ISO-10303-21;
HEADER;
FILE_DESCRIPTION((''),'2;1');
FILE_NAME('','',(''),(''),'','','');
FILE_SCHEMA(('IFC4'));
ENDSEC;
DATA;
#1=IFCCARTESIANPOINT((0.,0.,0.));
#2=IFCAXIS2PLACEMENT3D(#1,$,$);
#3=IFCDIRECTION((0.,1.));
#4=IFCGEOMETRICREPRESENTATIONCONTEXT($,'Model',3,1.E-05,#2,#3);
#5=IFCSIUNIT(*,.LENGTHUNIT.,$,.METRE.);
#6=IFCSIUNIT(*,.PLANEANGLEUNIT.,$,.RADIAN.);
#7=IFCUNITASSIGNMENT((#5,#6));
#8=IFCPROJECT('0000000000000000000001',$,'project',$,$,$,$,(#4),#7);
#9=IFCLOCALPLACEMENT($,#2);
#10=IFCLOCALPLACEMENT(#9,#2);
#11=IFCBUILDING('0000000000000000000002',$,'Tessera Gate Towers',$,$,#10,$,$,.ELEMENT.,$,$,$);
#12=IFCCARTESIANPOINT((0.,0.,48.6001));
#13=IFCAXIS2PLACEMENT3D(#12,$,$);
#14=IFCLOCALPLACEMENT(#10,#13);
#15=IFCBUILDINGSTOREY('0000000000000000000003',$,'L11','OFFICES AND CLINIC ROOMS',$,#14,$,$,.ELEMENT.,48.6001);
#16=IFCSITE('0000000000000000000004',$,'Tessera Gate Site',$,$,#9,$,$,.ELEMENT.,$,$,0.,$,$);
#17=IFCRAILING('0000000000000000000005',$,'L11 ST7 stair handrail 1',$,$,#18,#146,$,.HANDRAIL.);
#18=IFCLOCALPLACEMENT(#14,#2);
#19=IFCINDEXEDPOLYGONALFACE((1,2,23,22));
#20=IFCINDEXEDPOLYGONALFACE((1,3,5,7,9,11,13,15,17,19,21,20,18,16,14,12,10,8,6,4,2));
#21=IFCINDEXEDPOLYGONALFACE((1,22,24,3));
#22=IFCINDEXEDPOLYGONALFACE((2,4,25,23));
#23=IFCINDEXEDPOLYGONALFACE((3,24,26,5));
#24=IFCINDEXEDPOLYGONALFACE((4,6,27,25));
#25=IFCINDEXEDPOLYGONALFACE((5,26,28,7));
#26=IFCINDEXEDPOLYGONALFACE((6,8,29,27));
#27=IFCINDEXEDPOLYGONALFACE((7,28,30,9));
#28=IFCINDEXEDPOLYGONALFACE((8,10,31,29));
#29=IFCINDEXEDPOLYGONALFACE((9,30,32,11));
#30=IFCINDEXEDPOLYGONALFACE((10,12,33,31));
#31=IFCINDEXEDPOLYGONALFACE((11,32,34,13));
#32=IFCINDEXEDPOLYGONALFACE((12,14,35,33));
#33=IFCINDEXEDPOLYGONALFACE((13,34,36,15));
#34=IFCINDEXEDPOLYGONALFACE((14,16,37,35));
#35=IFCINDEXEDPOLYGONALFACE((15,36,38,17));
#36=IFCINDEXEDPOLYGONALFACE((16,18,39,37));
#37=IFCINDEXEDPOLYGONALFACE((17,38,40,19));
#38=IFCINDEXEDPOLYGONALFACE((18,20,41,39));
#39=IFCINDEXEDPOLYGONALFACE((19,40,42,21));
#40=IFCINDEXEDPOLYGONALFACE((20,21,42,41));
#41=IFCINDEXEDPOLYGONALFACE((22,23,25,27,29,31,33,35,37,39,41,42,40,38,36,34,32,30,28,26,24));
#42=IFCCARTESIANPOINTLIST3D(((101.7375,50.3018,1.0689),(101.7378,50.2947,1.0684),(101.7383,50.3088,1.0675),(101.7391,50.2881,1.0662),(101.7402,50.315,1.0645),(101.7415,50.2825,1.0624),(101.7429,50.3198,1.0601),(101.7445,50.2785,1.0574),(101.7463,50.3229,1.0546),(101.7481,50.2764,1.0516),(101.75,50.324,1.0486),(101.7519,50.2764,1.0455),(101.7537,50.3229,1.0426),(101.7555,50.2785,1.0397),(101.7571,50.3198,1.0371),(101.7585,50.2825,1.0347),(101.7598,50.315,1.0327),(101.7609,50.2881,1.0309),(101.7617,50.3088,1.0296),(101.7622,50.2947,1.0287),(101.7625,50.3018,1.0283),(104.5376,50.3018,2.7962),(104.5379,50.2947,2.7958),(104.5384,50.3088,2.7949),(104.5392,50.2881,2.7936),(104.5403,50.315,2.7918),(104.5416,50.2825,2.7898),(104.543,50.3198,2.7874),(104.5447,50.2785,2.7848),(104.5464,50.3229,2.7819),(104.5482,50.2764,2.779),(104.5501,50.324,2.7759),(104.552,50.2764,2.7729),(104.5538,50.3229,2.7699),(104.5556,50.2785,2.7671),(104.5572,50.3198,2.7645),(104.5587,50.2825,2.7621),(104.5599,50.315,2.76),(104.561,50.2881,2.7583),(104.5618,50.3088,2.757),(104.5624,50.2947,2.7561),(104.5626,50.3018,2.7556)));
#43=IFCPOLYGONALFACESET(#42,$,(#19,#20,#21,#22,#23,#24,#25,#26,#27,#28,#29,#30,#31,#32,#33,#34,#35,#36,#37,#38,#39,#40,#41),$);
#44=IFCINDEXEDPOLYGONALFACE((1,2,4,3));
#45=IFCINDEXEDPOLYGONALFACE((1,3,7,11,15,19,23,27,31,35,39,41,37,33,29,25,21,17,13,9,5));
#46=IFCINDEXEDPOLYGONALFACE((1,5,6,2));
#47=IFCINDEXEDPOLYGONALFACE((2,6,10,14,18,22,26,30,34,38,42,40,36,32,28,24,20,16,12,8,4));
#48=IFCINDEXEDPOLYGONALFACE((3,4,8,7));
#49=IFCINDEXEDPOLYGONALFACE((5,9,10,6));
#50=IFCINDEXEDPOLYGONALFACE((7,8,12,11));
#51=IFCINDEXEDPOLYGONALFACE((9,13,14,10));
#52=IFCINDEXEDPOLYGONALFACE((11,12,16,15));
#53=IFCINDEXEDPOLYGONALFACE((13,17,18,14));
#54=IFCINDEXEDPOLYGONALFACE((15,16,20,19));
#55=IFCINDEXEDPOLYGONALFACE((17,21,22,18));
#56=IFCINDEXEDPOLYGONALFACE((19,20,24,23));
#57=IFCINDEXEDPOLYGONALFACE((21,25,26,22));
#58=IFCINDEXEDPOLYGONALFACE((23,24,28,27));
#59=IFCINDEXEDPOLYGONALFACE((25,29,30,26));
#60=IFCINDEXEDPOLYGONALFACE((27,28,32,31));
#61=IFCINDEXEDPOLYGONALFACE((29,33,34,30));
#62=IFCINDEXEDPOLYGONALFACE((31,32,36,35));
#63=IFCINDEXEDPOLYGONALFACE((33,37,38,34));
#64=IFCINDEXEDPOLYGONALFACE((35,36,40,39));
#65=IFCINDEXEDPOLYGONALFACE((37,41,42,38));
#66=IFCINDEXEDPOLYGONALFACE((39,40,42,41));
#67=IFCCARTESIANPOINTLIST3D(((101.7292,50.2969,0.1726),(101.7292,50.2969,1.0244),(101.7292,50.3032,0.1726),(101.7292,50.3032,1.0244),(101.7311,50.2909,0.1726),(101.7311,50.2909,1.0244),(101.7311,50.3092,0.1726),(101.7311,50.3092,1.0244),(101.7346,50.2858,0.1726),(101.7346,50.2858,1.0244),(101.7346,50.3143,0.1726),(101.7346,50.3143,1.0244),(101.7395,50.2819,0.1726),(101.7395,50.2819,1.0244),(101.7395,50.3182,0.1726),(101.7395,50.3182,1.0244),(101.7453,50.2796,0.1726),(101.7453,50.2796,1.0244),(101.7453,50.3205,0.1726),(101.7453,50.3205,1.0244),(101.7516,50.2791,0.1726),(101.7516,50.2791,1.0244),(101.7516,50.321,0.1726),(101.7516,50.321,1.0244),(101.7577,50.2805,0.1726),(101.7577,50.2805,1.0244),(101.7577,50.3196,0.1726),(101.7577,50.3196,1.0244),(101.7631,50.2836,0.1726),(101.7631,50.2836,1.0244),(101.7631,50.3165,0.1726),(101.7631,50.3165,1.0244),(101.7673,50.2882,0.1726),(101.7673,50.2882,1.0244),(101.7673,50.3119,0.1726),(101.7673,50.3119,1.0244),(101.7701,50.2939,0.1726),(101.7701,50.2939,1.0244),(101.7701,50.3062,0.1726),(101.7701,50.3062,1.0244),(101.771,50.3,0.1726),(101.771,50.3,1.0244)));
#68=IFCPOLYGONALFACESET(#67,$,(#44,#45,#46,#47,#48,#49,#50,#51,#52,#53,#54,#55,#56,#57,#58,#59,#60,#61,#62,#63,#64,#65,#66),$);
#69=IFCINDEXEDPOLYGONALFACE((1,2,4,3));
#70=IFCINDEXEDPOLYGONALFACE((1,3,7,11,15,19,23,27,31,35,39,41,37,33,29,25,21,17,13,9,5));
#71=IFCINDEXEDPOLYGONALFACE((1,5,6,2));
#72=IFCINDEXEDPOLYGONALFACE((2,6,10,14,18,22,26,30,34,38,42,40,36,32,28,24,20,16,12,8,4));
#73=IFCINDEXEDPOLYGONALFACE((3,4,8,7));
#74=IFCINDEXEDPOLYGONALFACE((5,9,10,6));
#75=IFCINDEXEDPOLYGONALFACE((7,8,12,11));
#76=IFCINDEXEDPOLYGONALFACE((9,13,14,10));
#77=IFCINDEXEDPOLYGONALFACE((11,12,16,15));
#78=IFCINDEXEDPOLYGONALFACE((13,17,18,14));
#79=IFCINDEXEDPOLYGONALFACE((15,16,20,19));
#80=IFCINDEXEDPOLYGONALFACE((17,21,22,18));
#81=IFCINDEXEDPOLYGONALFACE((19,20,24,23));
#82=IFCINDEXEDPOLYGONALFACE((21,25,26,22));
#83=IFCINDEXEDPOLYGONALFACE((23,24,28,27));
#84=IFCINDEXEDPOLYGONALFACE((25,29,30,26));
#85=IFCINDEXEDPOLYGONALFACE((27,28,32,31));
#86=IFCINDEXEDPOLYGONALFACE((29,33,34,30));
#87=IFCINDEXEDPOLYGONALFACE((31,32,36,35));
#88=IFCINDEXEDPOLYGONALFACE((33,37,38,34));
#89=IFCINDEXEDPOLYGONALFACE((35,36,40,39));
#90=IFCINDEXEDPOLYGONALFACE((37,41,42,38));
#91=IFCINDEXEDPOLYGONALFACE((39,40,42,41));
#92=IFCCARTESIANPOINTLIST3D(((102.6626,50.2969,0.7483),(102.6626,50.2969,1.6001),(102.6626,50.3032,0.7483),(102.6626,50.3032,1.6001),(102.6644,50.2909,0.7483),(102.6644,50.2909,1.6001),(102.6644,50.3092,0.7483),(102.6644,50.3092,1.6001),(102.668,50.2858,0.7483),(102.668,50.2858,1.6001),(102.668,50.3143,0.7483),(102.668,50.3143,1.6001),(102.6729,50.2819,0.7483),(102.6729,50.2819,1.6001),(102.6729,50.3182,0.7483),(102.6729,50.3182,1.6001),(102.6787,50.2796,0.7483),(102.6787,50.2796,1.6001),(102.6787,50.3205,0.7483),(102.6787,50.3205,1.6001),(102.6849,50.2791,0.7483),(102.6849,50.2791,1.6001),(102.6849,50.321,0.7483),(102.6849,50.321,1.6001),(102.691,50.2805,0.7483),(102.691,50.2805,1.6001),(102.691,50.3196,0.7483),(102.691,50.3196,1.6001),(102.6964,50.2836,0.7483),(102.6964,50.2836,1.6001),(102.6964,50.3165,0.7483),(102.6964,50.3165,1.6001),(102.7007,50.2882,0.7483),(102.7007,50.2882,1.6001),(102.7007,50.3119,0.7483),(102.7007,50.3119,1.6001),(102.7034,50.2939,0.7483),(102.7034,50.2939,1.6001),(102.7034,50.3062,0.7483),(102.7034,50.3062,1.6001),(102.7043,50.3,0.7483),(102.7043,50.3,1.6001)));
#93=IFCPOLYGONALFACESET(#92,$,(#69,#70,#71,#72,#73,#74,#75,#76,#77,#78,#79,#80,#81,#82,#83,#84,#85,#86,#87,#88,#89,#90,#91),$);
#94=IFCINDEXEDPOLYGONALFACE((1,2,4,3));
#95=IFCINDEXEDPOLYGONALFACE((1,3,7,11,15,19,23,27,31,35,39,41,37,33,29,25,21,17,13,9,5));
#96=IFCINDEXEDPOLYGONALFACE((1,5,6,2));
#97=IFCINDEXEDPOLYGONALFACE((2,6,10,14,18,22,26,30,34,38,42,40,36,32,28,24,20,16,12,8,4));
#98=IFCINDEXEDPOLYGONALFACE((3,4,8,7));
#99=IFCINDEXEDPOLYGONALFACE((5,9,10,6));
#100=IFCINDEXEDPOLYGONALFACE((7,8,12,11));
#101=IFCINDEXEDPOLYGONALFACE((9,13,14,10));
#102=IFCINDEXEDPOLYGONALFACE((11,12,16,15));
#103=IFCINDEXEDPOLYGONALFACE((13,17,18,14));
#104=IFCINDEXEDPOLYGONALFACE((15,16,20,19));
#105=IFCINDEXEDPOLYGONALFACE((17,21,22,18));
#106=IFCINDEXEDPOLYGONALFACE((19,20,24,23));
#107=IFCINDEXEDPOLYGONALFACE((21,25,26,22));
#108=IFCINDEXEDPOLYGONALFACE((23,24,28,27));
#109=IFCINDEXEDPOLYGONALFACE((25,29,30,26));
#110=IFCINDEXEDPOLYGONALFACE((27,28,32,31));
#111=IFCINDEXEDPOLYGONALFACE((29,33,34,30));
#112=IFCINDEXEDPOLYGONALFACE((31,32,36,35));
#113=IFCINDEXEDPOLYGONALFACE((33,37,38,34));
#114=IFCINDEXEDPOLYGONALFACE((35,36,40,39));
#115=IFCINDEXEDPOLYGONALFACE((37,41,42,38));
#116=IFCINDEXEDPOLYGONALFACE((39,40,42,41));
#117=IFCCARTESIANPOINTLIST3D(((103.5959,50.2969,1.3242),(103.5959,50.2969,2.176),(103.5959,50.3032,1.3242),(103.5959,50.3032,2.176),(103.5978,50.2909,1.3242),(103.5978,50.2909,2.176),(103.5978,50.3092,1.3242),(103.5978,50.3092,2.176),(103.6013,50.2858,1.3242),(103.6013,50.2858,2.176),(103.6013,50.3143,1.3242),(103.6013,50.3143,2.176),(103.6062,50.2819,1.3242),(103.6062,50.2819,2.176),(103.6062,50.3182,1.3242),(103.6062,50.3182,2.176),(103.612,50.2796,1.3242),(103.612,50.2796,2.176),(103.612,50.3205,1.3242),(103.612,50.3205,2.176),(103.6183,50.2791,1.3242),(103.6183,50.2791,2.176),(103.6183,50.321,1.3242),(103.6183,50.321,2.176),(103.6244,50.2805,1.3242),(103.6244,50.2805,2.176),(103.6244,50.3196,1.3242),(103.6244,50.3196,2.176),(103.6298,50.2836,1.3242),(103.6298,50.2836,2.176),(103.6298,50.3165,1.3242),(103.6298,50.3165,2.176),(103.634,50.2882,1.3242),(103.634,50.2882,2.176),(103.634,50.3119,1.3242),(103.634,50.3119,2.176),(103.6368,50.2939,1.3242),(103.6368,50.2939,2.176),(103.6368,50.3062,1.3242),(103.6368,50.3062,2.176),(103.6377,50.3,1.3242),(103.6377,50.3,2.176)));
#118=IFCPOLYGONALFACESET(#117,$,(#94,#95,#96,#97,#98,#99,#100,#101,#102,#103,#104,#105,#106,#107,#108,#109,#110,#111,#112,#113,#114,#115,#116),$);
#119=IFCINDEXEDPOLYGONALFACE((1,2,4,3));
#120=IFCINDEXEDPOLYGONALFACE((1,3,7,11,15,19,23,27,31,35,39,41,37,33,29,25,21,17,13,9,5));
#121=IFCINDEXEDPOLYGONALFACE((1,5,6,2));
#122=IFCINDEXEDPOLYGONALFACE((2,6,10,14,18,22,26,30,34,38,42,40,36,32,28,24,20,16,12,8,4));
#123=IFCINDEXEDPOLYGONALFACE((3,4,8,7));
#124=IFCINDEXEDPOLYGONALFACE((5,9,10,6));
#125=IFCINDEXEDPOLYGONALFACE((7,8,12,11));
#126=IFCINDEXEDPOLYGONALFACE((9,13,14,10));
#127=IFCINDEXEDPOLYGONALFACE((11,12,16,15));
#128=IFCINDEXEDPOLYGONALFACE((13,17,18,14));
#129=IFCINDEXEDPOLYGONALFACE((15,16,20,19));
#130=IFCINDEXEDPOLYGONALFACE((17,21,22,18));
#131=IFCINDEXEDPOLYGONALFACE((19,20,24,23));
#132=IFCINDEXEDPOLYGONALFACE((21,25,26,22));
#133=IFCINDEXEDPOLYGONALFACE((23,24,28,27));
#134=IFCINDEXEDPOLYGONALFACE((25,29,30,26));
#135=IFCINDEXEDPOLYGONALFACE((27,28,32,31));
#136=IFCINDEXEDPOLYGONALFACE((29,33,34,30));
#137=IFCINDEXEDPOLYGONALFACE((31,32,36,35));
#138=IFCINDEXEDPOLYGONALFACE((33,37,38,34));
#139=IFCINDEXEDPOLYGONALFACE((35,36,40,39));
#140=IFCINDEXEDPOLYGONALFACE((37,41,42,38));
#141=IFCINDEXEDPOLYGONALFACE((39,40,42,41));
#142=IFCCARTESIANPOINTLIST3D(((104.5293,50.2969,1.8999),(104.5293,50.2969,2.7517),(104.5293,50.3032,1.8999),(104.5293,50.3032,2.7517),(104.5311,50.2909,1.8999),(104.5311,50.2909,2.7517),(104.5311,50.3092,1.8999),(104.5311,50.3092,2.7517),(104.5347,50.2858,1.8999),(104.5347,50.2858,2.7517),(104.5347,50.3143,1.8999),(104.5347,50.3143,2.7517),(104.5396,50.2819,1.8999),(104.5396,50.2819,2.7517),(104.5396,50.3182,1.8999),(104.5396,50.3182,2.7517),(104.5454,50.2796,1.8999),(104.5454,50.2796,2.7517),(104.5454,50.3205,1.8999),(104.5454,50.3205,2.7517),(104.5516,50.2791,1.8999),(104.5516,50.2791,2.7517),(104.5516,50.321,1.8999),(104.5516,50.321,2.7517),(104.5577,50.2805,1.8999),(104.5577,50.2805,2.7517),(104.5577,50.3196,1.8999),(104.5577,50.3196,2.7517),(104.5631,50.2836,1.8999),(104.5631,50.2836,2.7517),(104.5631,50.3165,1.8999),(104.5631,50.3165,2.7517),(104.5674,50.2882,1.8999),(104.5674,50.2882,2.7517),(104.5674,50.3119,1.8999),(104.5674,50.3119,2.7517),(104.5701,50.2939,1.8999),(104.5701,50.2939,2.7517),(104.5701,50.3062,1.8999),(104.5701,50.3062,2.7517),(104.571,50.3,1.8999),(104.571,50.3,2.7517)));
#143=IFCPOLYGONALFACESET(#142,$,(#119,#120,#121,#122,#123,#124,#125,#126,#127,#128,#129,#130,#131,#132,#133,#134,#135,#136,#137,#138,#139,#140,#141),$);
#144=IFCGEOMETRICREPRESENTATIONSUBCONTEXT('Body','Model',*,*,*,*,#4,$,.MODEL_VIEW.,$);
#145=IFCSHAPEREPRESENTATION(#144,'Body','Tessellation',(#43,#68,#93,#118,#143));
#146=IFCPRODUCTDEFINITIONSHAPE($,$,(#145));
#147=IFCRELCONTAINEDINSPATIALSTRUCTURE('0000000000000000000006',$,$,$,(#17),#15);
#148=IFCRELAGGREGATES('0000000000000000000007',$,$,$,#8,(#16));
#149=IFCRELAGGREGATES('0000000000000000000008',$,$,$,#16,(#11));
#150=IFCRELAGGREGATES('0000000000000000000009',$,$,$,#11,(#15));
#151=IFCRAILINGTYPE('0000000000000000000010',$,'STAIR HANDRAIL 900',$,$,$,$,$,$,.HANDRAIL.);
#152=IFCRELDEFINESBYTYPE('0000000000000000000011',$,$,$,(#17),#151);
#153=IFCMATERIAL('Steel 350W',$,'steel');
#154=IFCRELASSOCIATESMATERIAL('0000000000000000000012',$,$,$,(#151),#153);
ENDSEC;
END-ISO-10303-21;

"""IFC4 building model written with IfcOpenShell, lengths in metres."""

from ifc_helpers import new_model, si_unit, direction, frame, origin, origin_2d, place, context, subcontext, project, spatial, circle, extrude, material, type_object, element, save


model = new_model("IFC4")

# Units and contexts
model_context = context("Model", 3, precision=1e-05, world=origin(), true_north=direction((0.0, 1.0)))
body_context = subcontext(model_context, "Body", "Model", "MODEL_VIEW")
ifc_project = project(units=[si_unit("LENGTHUNIT", "METRE"), si_unit("PLANEANGLEUNIT", "RADIAN")], contexts=[model_context])

# Site, building, storey
site_placement = place(None, origin())
site = spatial("IfcSite", under=ifc_project, at=site_placement, Name="Tessera Gate Site", CompositionType="ELEMENT", RefElevation=0.0)
building_placement = place(site_placement, origin())
building = spatial("IfcBuilding", under=site, at=building_placement, Name="Tessera Gate Towers", CompositionType="ELEMENT")
storey_placement = place(building_placement, frame((0.0, 0.0, 48.6001)))
storey = spatial("IfcBuildingStorey", under=building, at=storey_placement, Name="L11", Description="OFFICES AND CLINIC ROOMS", CompositionType="ELEMENT", Elevation=48.6001)

# Railing
ifc_material_1 = material(Name="Steel 350W", Category="steel")
railing_type_1 = type_object("IfcRailingType", Name="STAIR HANDRAIL 900", PredefinedType="HANDRAIL", material=ifc_material_1)
railing_1_placement = place(storey_placement, frame((101.75, 50.3, 0.1726)))
element("IfcRailing", 1, at=railing_1_placement, inside=storey, type_object=railing_type_1, Name="L11 ST7 stair handrail 1", PredefinedType="HANDRAIL", context=body_context, shape_type="SweptSolid", body=[
    extrude(circle(Radius=0.0239, at=origin_2d()), frame((0.0, 0.0, 0.876), z_axis=(0.85109, 0.0, 0.52502), x_axis=(0.0, 1.0, 0.0)), (0.0, 0.0, 1.0), 3.29),
    extrude(circle(Radius=0.021, at=origin_2d()), origin(), (0.0, 0.0, 1.0), 0.8518),
    extrude(circle(Radius=0.021, at=origin_2d()), frame((0.9333, 0.0, 0.5757)), (0.0, 0.0, 1.0), 0.8518),
    extrude(circle(Radius=0.021, at=origin_2d()), frame((1.8667, 0.0, 1.1516)), (0.0, 0.0, 1.0), 0.8518),
    extrude(circle(Radius=0.021, at=origin_2d()), frame((2.8, 0.0, 1.7273)), (0.0, 0.0, 1.0), 0.8518),
])

save(model, "model.ifc")
